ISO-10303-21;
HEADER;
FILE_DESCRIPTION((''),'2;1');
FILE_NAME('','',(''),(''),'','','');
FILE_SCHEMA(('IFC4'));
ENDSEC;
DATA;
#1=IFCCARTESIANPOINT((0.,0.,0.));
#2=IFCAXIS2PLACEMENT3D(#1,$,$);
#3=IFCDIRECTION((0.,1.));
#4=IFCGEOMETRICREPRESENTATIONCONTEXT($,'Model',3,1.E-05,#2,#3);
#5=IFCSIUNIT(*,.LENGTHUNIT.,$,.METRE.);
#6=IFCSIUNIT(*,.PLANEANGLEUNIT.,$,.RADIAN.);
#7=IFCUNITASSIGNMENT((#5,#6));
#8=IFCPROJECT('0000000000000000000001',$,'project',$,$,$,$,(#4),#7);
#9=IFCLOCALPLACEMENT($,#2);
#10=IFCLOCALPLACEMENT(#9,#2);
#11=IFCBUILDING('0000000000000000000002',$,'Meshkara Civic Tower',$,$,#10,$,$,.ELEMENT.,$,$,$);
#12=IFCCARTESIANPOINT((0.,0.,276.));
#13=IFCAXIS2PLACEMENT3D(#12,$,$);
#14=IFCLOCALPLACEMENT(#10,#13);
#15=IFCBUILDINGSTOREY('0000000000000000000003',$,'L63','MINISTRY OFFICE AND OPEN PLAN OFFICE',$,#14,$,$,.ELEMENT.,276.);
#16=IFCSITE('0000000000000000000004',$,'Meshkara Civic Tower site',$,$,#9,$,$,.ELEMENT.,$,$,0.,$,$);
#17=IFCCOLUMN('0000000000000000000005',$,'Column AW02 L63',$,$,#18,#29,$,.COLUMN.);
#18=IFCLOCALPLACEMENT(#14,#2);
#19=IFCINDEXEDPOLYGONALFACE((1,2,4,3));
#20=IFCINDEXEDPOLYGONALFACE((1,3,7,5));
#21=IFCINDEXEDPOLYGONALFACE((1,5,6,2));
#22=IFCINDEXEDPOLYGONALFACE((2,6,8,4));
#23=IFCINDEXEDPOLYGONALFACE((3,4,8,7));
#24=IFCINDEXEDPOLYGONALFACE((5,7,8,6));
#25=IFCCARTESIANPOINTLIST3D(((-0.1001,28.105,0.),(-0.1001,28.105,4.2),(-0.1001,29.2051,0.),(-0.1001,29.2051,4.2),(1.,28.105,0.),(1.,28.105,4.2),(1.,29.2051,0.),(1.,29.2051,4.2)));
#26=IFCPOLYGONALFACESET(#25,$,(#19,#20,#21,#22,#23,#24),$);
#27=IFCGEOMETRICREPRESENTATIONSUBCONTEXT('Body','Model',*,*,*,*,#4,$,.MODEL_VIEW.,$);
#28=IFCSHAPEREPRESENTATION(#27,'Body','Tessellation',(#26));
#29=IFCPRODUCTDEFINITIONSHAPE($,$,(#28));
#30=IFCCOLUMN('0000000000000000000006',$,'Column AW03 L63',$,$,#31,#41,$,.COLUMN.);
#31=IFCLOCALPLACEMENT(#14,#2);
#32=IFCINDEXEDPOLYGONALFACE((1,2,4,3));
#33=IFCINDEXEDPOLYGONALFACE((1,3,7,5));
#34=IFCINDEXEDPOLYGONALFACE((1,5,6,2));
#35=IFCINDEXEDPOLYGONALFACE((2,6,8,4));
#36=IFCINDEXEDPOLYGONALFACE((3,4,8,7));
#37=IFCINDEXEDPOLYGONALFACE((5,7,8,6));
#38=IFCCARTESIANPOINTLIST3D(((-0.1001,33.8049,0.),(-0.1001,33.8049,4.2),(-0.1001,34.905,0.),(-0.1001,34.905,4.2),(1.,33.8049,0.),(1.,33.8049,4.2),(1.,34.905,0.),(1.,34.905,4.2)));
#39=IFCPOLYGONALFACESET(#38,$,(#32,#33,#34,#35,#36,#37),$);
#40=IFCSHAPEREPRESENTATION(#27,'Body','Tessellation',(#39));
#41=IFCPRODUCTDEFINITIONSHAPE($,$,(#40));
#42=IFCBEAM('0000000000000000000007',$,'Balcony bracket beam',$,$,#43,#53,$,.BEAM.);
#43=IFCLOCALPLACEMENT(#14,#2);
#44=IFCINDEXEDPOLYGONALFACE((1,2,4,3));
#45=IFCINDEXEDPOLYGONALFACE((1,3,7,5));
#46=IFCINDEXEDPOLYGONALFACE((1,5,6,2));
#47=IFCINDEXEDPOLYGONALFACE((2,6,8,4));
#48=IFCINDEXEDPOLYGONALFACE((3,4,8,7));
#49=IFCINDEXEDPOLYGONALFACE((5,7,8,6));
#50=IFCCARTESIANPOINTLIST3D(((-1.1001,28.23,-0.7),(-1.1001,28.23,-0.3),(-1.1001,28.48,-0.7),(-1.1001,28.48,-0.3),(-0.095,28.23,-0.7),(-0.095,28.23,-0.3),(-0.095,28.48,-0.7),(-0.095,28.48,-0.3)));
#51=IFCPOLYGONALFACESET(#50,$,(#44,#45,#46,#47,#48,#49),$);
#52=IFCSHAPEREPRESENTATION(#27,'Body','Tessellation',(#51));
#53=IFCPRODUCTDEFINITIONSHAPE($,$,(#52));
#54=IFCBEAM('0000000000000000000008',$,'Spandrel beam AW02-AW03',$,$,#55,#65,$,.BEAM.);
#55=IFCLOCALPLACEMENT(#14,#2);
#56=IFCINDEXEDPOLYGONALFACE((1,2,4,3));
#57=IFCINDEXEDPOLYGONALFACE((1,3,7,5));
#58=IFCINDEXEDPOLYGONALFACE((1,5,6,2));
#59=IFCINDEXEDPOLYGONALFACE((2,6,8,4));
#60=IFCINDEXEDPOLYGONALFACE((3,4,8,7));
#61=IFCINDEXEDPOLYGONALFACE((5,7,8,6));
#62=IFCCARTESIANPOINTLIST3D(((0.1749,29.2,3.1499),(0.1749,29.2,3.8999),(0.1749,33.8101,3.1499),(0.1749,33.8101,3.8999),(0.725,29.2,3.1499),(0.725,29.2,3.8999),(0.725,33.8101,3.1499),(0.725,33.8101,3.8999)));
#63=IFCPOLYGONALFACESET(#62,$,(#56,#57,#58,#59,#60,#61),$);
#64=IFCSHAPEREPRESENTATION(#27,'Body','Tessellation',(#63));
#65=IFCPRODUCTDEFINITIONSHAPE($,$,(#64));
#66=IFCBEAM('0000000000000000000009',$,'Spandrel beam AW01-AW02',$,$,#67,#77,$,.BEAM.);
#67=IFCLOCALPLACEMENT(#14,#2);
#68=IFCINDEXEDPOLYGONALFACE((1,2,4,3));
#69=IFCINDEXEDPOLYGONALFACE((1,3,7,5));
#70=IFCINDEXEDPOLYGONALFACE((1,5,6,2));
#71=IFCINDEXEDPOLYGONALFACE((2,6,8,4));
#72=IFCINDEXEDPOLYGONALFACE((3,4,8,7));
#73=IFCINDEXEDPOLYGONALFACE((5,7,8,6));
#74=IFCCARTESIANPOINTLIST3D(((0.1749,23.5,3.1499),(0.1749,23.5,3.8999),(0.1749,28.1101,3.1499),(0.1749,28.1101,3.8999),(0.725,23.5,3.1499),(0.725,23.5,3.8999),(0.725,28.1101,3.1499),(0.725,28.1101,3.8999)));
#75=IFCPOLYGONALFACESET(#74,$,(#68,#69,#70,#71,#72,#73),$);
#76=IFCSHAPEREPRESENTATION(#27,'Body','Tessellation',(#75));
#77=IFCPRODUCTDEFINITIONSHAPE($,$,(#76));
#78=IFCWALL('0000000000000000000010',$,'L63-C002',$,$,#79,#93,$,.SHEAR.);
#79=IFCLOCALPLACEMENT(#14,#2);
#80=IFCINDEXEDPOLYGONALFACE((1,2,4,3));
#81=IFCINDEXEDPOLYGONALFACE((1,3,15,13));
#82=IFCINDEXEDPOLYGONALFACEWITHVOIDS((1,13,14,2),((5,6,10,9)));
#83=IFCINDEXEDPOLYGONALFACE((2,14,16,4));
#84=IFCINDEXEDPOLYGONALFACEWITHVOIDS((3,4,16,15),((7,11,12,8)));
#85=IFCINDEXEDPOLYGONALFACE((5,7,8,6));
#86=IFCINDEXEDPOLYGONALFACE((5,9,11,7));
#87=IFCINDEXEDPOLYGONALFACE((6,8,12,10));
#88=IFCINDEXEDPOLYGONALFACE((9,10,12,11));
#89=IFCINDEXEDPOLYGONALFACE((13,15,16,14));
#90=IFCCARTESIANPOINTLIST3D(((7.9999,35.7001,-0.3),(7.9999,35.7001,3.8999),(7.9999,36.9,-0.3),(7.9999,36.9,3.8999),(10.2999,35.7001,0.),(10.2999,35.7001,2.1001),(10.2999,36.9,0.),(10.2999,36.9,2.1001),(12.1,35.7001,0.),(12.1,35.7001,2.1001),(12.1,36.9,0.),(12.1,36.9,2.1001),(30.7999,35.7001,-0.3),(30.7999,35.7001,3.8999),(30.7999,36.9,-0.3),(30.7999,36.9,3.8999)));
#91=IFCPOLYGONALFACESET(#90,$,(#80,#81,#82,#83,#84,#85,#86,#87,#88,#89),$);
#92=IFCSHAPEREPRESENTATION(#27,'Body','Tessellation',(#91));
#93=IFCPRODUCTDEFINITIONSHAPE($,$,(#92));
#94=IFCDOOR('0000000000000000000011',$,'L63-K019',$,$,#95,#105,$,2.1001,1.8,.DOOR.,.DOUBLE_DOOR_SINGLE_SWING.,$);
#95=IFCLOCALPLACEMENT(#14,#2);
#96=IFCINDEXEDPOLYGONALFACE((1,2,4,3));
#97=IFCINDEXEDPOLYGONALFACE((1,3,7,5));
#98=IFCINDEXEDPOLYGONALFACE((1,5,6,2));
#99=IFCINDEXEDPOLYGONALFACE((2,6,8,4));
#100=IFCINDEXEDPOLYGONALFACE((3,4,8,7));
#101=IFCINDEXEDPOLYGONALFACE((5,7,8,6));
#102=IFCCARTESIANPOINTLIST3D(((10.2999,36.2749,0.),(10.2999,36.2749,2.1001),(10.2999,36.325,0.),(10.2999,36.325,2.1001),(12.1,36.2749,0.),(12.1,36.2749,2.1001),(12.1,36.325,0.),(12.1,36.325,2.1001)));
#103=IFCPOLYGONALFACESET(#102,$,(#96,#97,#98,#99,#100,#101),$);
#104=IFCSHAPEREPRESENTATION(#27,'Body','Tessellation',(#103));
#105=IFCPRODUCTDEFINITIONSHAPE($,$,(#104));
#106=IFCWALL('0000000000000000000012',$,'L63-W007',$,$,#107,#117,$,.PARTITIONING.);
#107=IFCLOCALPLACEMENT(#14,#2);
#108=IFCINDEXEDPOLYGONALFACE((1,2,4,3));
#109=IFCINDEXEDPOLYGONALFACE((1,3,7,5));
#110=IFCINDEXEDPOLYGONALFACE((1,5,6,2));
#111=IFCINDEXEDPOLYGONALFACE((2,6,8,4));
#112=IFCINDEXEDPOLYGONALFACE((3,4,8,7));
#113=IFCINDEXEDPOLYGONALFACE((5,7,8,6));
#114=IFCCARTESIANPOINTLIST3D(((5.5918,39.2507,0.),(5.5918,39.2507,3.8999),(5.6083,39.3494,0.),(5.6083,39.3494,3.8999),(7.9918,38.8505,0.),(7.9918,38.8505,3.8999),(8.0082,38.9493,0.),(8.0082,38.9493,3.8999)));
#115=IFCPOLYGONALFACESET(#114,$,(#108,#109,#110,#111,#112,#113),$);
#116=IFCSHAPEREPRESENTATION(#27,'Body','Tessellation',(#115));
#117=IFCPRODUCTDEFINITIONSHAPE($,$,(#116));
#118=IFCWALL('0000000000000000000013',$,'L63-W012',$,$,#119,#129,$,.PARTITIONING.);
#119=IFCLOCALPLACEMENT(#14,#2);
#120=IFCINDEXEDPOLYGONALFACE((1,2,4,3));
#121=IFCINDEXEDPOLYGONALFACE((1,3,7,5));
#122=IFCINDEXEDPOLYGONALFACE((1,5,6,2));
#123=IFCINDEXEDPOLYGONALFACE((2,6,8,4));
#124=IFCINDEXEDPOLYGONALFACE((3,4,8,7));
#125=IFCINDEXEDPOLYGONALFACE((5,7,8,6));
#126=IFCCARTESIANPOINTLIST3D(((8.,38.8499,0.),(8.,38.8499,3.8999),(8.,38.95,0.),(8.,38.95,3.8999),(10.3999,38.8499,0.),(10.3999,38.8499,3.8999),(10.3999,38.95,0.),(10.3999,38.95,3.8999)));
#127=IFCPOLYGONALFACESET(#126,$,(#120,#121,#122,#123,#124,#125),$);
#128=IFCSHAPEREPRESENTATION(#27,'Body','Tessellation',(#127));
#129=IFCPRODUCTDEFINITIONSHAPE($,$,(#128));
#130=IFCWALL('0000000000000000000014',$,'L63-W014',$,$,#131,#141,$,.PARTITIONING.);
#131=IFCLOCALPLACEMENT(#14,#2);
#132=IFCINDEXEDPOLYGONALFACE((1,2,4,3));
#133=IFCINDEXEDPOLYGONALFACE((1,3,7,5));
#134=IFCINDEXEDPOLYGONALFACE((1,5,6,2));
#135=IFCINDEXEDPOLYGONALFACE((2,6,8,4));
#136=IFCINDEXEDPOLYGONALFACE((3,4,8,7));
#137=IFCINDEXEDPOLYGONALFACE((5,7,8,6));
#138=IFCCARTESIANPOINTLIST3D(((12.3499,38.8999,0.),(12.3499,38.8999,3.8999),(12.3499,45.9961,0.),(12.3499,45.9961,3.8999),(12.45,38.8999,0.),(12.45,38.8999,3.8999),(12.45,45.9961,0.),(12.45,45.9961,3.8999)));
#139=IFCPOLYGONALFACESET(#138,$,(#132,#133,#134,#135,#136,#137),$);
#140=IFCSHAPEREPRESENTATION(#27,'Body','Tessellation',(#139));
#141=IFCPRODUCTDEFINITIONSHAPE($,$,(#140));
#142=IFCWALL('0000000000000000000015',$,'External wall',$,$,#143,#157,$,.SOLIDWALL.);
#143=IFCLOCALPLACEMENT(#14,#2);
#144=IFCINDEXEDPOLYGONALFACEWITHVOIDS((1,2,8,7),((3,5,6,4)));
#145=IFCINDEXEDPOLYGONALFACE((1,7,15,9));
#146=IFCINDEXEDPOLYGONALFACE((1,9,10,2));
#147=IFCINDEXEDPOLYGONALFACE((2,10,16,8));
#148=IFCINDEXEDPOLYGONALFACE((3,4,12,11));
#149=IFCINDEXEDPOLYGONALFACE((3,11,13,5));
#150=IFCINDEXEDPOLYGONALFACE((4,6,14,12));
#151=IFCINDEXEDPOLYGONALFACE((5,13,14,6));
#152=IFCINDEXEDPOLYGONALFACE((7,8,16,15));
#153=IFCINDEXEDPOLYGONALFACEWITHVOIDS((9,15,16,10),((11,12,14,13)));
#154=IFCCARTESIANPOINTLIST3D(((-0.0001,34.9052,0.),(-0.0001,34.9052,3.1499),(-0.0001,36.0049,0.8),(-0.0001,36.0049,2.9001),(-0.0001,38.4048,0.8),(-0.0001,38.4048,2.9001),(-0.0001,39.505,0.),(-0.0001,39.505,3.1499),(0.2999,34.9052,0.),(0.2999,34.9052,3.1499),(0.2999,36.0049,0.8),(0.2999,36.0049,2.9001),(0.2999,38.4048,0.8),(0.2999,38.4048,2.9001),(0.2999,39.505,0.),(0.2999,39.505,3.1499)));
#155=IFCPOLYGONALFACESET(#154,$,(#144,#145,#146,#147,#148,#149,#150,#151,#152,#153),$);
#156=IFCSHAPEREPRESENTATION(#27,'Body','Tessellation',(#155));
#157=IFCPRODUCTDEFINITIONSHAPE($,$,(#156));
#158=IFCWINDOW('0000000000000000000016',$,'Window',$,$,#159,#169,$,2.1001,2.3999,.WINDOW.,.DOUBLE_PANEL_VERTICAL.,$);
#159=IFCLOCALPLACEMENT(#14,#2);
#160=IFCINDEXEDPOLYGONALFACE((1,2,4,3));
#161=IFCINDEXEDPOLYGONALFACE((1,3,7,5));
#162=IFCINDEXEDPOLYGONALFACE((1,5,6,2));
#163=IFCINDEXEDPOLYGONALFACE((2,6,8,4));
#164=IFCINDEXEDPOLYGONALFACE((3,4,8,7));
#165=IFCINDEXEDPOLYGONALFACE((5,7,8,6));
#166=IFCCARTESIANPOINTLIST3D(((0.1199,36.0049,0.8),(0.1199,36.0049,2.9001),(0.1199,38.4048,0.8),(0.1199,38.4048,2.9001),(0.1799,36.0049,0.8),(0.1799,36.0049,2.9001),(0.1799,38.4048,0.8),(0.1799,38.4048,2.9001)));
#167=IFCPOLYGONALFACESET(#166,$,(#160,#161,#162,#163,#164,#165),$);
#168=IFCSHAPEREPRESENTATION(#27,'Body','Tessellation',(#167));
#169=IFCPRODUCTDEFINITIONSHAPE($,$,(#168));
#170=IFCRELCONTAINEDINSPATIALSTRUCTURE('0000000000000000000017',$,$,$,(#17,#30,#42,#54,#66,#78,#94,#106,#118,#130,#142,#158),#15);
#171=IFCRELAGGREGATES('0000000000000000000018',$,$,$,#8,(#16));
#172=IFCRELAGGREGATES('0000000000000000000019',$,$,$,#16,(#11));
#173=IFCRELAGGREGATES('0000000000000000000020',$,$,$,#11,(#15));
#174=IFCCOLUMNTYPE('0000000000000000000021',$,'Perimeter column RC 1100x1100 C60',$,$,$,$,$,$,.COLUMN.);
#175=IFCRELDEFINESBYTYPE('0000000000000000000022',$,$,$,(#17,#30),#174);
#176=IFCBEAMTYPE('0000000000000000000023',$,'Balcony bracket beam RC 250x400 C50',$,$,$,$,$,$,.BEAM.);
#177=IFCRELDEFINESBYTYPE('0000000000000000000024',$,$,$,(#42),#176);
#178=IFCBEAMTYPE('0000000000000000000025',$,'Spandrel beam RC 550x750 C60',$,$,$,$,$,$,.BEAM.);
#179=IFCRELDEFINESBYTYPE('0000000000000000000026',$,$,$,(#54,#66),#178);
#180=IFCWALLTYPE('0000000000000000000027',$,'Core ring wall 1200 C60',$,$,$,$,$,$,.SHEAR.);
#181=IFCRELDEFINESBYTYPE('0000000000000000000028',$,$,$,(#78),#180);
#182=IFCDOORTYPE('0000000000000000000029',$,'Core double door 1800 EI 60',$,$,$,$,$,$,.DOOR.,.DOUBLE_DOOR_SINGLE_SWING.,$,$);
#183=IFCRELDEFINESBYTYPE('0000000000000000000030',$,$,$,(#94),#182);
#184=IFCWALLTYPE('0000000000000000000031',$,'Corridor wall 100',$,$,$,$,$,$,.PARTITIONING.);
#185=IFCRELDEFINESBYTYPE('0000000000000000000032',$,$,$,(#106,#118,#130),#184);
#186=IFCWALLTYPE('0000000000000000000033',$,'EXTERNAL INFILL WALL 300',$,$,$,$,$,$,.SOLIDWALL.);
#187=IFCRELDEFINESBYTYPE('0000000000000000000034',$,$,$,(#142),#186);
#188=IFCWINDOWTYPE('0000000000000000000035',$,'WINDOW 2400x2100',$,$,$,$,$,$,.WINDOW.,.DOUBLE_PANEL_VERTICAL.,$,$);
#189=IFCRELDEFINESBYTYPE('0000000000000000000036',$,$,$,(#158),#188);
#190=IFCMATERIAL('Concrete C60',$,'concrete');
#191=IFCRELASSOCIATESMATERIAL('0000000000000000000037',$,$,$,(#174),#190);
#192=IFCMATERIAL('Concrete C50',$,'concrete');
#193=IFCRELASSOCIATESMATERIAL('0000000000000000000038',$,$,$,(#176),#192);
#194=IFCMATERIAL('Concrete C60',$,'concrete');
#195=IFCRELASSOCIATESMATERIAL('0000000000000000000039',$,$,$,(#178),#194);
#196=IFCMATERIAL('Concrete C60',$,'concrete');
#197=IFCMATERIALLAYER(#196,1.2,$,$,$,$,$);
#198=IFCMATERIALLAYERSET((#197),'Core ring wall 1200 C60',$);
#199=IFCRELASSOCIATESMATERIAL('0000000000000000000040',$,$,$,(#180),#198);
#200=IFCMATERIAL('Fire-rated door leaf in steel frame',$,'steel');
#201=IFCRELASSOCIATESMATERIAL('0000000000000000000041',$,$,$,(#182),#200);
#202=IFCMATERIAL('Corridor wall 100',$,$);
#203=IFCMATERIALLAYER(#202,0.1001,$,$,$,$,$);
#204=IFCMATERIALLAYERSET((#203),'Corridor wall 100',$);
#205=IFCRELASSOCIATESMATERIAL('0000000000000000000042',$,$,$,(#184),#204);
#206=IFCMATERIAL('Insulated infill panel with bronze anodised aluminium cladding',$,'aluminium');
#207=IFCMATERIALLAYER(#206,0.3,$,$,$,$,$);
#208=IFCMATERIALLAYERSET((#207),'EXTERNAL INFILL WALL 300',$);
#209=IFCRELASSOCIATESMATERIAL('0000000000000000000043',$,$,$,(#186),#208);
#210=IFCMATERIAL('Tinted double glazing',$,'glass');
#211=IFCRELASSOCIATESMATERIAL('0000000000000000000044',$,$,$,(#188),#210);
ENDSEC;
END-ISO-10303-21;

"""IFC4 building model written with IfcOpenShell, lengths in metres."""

from ifc_helpers import new_model, si_unit, direction, frame, frame_2d, origin, origin_2d, place, context, subcontext, project, spatial, rectangle, extrude, material, layer, layer_set, material_profile, profile_set, type_object, element, fill, save


model = new_model("IFC4")

# Units and contexts
model_context = context("Model", 3, precision=1e-05, world=origin(), true_north=direction((0.0, 1.0)))
body_context = subcontext(model_context, "Body", "Model", "MODEL_VIEW")
ifc_project = project(units=[si_unit("LENGTHUNIT", "METRE"), si_unit("PLANEANGLEUNIT", "RADIAN")], contexts=[model_context])

# Site, building, storey
site_placement = place(None, origin())
site = spatial("IfcSite", under=ifc_project, at=site_placement, Name="Meshkara Civic Tower site", CompositionType="ELEMENT", RefElevation=0.0)
building_placement = place(site_placement, origin())
building = spatial("IfcBuilding", under=site, at=building_placement, Name="Meshkara Civic Tower", CompositionType="ELEMENT")
storey_placement = place(building_placement, frame((0.0, 0.0, 276.0)))
storey = spatial("IfcBuildingStorey", under=building, at=storey_placement, Name="L63", Description="MINISTRY OFFICE AND OPEN PLAN OFFICE", CompositionType="ELEMENT", Elevation=276.0)

# Columns
ifc_material_1 = material(Name="Concrete C60", Category="concrete")
ifc_material_profile_1 = material_profile(ifc_material_1, rectangle(XDim=1.1001, YDim=1.1001, at=origin_2d()))
ifc_profile_set_1 = profile_set([ifc_material_profile_1], Name="Concrete C60")
column_type = type_object("IfcColumnType", Name="Perimeter column RC 1100x1100 C60", PredefinedType="COLUMN", material=ifc_profile_set_1)
for number, where, z_axis, x_axis, name in (
    (1, (0.45, 28.655, 0.0), (0.0, 0.0, 1.0), (1.0, 0.0, 0.0), "Column AW02 L63"),
    (2, (0.45, 34.355, 0.0), (0.0, 0.0, 1.0), (1.0, 0.0, 0.0), "Column AW03 L63"),
):
    element("IfcColumn", number, at=place(storey_placement, frame(where, z_axis=z_axis, x_axis=x_axis)), inside=storey, type_object=column_type, Name=name, PredefinedType="COLUMN", context=body_context, shape_type="SweptSolid", body=[
        extrude(rectangle(XDim=1.1001, YDim=1.1001, at=origin_2d()), origin(), (0.0, 0.0, 1.0), 4.2),
    ])

# Beams
ifc_material_2 = material(Name="Concrete C50", Category="concrete")
ifc_material_profile_2 = material_profile(ifc_material_2, rectangle(XDim=0.25, YDim=0.3999, at=origin_2d()))
ifc_profile_set_2 = profile_set([ifc_material_profile_2], Name="Concrete C50")
beam_type_1 = type_object("IfcBeamType", Name="Balcony bracket beam RC 250x400 C50", PredefinedType="BEAM", material=ifc_profile_set_2)
beam_placement = place(storey_placement, frame((-0.095, 28.355, -0.5), z_axis=(-1.0, 0.0, 0.0), x_axis=(0.0, -1.0, 0.0)))
element("IfcBeam", 3, at=beam_placement, inside=storey, type_object=beam_type_1, Name="Balcony bracket beam", PredefinedType="BEAM", context=body_context, shape_type="SweptSolid", body=[
    extrude(rectangle(XDim=0.25, YDim=0.3999, at=origin_2d()), origin(), (0.0, 0.0, 1.0), 1.0051),
])
ifc_material_3 = material(Name="Concrete C60", Category="concrete")
ifc_material_profile_3 = material_profile(ifc_material_3, rectangle(XDim=0.55, YDim=0.75, at=origin_2d()))
ifc_profile_set_3 = profile_set([ifc_material_profile_3], Name="Concrete C60")
beam_type_2 = type_object("IfcBeamType", Name="Spandrel beam RC 550x750 C60", PredefinedType="BEAM", material=ifc_profile_set_3)
for number, where, z_axis, x_axis, name in (
    (4, (0.45, 33.8101, 3.5249), (0.0, -1.0, 0.0), (1.0, 0.0, 0.0), "Spandrel beam AW02-AW03"),
    (5, (0.45, 28.1101, 3.5249), (0.0, -1.0, 0.0), (1.0, 0.0, 0.0), "Spandrel beam AW01-AW02"),
):
    element("IfcBeam", number, at=place(storey_placement, frame(where, z_axis=z_axis, x_axis=x_axis)), inside=storey, type_object=beam_type_2, Name=name, PredefinedType="BEAM", context=body_context, shape_type="SweptSolid", body=[
        extrude(rectangle(XDim=0.55, YDim=0.75, at=origin_2d()), origin(), (0.0, 0.0, 1.0), 4.6101),
    ])

# Wall, opening, door
ifc_material_4 = material(Name="Concrete C60", Category="concrete")
ifc_layer_1 = layer(ifc_material_4, 1.2)
ifc_layer_set_1 = layer_set([ifc_layer_1], Name="Core ring wall 1200 C60")
wall_type_1 = type_object("IfcWallType", Name="Core ring wall 1200 C60", PredefinedType="SHEAR", material=ifc_layer_set_1)
wall_1_placement = place(storey_placement, frame((8.0, 36.3, -0.3), z_axis=(0.0, 0.0, 1.0), x_axis=(1.0, 0.0, 0.0)))
wall_1 = element("IfcWall", 6, at=wall_1_placement, inside=storey, type_object=wall_type_1, Name="L63-C002", PredefinedType="SHEAR", context=body_context, shape_type="SweptSolid", body=[
    extrude(rectangle(XDim=22.8, YDim=1.2, at=frame_2d((11.3999, 0.0))), origin(), (0.0, 0.0, 1.0), 4.2),
])
opening_1_placement = place(wall_1_placement, frame((2.3, 0.0, 0.3)))
opening_1 = element("IfcOpeningElement", 7, at=opening_1_placement, cuts=wall_1, PredefinedType="OPENING", context=body_context, shape_type="SweptSolid", body=[
    extrude(rectangle(XDim=1.8, YDim=2.1001, at=frame_2d((0.8999, 1.05))), frame((0.0, 0.6099, 0.0), z_axis=(0.0, -1.0, 0.0), x_axis=(1.0, 0.0, 0.0)), (0.0, 0.0, 1.0), 1.22),
])
ifc_material_5 = material(Name="Fire-rated door leaf in steel frame", Category="steel")
door_type_1 = type_object("IfcDoorType", Name="Core double door 1800 EI 60", OperationType="DOUBLE_DOOR_SINGLE_SWING", PredefinedType="DOOR", material=ifc_material_5)
door_1_placement = place(opening_1_placement, origin())
door_1 = element("IfcDoor", 8, at=door_1_placement, inside=storey, type_object=door_type_1, Name="L63-K019", OperationType="DOUBLE_DOOR_SINGLE_SWING", OverallHeight=2.1001, OverallWidth=1.8, PredefinedType="DOOR", context=body_context, shape_type="SweptSolid", body=[
    extrude(rectangle(XDim=1.8, YDim=2.1001, at=frame_2d((0.8999, 1.05))), frame((0.0, 0.0249, 0.0), z_axis=(0.0, -1.0, 0.0), x_axis=(1.0, 0.0, 0.0)), (0.0, 0.0, 1.0), 0.05),
])
fill(opening_1, door_1)

# Walls
ifc_material_6 = material(Name="Corridor wall 100")
ifc_layer_2 = layer(ifc_material_6, 0.1001)
ifc_layer_set_2 = layer_set([ifc_layer_2], Name="Corridor wall 100")
wall_type_2 = type_object("IfcWallType", Name="Corridor wall 100", PredefinedType="PARTITIONING", material=ifc_layer_set_2)
wall_2_placement = place(storey_placement, frame((8.0, 38.8999, 0.0), z_axis=(0.0, 0.0, 1.0), x_axis=(-0.986383, 0.164464, 0.0)))
element("IfcWall", 9, at=wall_2_placement, inside=storey, type_object=wall_type_2, Name="L63-W007", PredefinedType="PARTITIONING", context=body_context, shape_type="SweptSolid", body=[
    extrude(rectangle(XDim=2.4331, YDim=0.1001, at=frame_2d((1.2166, 0.0))), origin(), (0.0, 0.0, 1.0), 3.8999),
])
wall_3_placement = place(storey_placement, frame((10.3999, 38.8999, 0.0), z_axis=(0.0, 0.0, 1.0), x_axis=(-1.0, 0.0, 0.0)))
element("IfcWall", 10, at=wall_3_placement, inside=storey, type_object=wall_type_2, Name="L63-W012", PredefinedType="PARTITIONING", context=body_context, shape_type="SweptSolid", body=[
    extrude(rectangle(XDim=2.3999, YDim=0.1001, at=frame_2d((1.2, 0.0))), origin(), (0.0, 0.0, 1.0), 3.8999),
])
wall_4_placement = place(storey_placement, frame((12.3999, 38.8999, 0.0), z_axis=(0.0, 0.0, 1.0), x_axis=(0.0, 1.0, 0.0)))
element("IfcWall", 11, at=wall_4_placement, inside=storey, type_object=wall_type_2, Name="L63-W014", PredefinedType="PARTITIONING", context=body_context, shape_type="SweptSolid", body=[
    extrude(rectangle(XDim=7.0962, YDim=0.1001, at=frame_2d((3.5481, 0.0))), origin(), (0.0, 0.0, 1.0), 3.8999),
])

# Wall, opening, window
ifc_material_7 = material(Name="Insulated infill panel with bronze anodised aluminium cladding", Category="aluminium")
ifc_layer_3 = layer(ifc_material_7, 0.3)
ifc_layer_set_3 = layer_set([ifc_layer_3], Name="EXTERNAL INFILL WALL 300")
wall_type_3 = type_object("IfcWallType", Name="EXTERNAL INFILL WALL 300", PredefinedType="SOLIDWALL", material=ifc_layer_set_3)
wall_5_placement = place(storey_placement, frame((0.1499, 39.5049, 0.0), z_axis=(0.0, 0.0, 1.0), x_axis=(0.0, -1.0, 0.0)))
wall_5 = element("IfcWall", 12, at=wall_5_placement, inside=storey, type_object=wall_type_3, Name="External wall", PredefinedType="SOLIDWALL", context=body_context, shape_type="SweptSolid", body=[
    extrude(rectangle(XDim=4.5999, YDim=0.3, at=frame_2d((2.2998, 0.0))), origin(), (0.0, 0.0, 1.0), 3.1499),
])
opening_2_placement = place(wall_5_placement, frame((1.1001, 0.0, 0.8)))
opening_2 = element("IfcOpeningElement", 13, at=opening_2_placement, cuts=wall_5, PredefinedType="OPENING", context=body_context, shape_type="SweptSolid", body=[
    extrude(rectangle(XDim=2.3999, YDim=2.1001, at=frame_2d((1.2, 1.05))), frame((0.0, 0.1599, 0.0), z_axis=(0.0, -1.0, 0.0), x_axis=(1.0, 0.0, 0.0)), (0.0, 0.0, 1.0), 0.3201),
])
ifc_material_8 = material(Name="Tinted double glazing", Category="glass")
window_type = type_object("IfcWindowType", Name="WINDOW 2400x2100", PartitioningType="DOUBLE_PANEL_VERTICAL", PredefinedType="WINDOW", material=ifc_material_8)
window_1_placement = place(opening_2_placement, origin())
window_1 = element("IfcWindow", 14, at=window_1_placement, inside=storey, type_object=window_type, Name="Window", OverallHeight=2.1001, OverallWidth=2.3999, PartitioningType="DOUBLE_PANEL_VERTICAL", PredefinedType="WINDOW", context=body_context, shape_type="SweptSolid", body=[
    extrude(rectangle(XDim=2.3999, YDim=2.1001, at=frame_2d((1.2, 1.05))), frame((0.0, 0.03, 0.0), z_axis=(0.0, -1.0, 0.0), x_axis=(1.0, 0.0, 0.0)), (0.0, 0.0, 1.0), 0.0601),
])
fill(opening_2, window_1)

save(model, "model.ifc")
